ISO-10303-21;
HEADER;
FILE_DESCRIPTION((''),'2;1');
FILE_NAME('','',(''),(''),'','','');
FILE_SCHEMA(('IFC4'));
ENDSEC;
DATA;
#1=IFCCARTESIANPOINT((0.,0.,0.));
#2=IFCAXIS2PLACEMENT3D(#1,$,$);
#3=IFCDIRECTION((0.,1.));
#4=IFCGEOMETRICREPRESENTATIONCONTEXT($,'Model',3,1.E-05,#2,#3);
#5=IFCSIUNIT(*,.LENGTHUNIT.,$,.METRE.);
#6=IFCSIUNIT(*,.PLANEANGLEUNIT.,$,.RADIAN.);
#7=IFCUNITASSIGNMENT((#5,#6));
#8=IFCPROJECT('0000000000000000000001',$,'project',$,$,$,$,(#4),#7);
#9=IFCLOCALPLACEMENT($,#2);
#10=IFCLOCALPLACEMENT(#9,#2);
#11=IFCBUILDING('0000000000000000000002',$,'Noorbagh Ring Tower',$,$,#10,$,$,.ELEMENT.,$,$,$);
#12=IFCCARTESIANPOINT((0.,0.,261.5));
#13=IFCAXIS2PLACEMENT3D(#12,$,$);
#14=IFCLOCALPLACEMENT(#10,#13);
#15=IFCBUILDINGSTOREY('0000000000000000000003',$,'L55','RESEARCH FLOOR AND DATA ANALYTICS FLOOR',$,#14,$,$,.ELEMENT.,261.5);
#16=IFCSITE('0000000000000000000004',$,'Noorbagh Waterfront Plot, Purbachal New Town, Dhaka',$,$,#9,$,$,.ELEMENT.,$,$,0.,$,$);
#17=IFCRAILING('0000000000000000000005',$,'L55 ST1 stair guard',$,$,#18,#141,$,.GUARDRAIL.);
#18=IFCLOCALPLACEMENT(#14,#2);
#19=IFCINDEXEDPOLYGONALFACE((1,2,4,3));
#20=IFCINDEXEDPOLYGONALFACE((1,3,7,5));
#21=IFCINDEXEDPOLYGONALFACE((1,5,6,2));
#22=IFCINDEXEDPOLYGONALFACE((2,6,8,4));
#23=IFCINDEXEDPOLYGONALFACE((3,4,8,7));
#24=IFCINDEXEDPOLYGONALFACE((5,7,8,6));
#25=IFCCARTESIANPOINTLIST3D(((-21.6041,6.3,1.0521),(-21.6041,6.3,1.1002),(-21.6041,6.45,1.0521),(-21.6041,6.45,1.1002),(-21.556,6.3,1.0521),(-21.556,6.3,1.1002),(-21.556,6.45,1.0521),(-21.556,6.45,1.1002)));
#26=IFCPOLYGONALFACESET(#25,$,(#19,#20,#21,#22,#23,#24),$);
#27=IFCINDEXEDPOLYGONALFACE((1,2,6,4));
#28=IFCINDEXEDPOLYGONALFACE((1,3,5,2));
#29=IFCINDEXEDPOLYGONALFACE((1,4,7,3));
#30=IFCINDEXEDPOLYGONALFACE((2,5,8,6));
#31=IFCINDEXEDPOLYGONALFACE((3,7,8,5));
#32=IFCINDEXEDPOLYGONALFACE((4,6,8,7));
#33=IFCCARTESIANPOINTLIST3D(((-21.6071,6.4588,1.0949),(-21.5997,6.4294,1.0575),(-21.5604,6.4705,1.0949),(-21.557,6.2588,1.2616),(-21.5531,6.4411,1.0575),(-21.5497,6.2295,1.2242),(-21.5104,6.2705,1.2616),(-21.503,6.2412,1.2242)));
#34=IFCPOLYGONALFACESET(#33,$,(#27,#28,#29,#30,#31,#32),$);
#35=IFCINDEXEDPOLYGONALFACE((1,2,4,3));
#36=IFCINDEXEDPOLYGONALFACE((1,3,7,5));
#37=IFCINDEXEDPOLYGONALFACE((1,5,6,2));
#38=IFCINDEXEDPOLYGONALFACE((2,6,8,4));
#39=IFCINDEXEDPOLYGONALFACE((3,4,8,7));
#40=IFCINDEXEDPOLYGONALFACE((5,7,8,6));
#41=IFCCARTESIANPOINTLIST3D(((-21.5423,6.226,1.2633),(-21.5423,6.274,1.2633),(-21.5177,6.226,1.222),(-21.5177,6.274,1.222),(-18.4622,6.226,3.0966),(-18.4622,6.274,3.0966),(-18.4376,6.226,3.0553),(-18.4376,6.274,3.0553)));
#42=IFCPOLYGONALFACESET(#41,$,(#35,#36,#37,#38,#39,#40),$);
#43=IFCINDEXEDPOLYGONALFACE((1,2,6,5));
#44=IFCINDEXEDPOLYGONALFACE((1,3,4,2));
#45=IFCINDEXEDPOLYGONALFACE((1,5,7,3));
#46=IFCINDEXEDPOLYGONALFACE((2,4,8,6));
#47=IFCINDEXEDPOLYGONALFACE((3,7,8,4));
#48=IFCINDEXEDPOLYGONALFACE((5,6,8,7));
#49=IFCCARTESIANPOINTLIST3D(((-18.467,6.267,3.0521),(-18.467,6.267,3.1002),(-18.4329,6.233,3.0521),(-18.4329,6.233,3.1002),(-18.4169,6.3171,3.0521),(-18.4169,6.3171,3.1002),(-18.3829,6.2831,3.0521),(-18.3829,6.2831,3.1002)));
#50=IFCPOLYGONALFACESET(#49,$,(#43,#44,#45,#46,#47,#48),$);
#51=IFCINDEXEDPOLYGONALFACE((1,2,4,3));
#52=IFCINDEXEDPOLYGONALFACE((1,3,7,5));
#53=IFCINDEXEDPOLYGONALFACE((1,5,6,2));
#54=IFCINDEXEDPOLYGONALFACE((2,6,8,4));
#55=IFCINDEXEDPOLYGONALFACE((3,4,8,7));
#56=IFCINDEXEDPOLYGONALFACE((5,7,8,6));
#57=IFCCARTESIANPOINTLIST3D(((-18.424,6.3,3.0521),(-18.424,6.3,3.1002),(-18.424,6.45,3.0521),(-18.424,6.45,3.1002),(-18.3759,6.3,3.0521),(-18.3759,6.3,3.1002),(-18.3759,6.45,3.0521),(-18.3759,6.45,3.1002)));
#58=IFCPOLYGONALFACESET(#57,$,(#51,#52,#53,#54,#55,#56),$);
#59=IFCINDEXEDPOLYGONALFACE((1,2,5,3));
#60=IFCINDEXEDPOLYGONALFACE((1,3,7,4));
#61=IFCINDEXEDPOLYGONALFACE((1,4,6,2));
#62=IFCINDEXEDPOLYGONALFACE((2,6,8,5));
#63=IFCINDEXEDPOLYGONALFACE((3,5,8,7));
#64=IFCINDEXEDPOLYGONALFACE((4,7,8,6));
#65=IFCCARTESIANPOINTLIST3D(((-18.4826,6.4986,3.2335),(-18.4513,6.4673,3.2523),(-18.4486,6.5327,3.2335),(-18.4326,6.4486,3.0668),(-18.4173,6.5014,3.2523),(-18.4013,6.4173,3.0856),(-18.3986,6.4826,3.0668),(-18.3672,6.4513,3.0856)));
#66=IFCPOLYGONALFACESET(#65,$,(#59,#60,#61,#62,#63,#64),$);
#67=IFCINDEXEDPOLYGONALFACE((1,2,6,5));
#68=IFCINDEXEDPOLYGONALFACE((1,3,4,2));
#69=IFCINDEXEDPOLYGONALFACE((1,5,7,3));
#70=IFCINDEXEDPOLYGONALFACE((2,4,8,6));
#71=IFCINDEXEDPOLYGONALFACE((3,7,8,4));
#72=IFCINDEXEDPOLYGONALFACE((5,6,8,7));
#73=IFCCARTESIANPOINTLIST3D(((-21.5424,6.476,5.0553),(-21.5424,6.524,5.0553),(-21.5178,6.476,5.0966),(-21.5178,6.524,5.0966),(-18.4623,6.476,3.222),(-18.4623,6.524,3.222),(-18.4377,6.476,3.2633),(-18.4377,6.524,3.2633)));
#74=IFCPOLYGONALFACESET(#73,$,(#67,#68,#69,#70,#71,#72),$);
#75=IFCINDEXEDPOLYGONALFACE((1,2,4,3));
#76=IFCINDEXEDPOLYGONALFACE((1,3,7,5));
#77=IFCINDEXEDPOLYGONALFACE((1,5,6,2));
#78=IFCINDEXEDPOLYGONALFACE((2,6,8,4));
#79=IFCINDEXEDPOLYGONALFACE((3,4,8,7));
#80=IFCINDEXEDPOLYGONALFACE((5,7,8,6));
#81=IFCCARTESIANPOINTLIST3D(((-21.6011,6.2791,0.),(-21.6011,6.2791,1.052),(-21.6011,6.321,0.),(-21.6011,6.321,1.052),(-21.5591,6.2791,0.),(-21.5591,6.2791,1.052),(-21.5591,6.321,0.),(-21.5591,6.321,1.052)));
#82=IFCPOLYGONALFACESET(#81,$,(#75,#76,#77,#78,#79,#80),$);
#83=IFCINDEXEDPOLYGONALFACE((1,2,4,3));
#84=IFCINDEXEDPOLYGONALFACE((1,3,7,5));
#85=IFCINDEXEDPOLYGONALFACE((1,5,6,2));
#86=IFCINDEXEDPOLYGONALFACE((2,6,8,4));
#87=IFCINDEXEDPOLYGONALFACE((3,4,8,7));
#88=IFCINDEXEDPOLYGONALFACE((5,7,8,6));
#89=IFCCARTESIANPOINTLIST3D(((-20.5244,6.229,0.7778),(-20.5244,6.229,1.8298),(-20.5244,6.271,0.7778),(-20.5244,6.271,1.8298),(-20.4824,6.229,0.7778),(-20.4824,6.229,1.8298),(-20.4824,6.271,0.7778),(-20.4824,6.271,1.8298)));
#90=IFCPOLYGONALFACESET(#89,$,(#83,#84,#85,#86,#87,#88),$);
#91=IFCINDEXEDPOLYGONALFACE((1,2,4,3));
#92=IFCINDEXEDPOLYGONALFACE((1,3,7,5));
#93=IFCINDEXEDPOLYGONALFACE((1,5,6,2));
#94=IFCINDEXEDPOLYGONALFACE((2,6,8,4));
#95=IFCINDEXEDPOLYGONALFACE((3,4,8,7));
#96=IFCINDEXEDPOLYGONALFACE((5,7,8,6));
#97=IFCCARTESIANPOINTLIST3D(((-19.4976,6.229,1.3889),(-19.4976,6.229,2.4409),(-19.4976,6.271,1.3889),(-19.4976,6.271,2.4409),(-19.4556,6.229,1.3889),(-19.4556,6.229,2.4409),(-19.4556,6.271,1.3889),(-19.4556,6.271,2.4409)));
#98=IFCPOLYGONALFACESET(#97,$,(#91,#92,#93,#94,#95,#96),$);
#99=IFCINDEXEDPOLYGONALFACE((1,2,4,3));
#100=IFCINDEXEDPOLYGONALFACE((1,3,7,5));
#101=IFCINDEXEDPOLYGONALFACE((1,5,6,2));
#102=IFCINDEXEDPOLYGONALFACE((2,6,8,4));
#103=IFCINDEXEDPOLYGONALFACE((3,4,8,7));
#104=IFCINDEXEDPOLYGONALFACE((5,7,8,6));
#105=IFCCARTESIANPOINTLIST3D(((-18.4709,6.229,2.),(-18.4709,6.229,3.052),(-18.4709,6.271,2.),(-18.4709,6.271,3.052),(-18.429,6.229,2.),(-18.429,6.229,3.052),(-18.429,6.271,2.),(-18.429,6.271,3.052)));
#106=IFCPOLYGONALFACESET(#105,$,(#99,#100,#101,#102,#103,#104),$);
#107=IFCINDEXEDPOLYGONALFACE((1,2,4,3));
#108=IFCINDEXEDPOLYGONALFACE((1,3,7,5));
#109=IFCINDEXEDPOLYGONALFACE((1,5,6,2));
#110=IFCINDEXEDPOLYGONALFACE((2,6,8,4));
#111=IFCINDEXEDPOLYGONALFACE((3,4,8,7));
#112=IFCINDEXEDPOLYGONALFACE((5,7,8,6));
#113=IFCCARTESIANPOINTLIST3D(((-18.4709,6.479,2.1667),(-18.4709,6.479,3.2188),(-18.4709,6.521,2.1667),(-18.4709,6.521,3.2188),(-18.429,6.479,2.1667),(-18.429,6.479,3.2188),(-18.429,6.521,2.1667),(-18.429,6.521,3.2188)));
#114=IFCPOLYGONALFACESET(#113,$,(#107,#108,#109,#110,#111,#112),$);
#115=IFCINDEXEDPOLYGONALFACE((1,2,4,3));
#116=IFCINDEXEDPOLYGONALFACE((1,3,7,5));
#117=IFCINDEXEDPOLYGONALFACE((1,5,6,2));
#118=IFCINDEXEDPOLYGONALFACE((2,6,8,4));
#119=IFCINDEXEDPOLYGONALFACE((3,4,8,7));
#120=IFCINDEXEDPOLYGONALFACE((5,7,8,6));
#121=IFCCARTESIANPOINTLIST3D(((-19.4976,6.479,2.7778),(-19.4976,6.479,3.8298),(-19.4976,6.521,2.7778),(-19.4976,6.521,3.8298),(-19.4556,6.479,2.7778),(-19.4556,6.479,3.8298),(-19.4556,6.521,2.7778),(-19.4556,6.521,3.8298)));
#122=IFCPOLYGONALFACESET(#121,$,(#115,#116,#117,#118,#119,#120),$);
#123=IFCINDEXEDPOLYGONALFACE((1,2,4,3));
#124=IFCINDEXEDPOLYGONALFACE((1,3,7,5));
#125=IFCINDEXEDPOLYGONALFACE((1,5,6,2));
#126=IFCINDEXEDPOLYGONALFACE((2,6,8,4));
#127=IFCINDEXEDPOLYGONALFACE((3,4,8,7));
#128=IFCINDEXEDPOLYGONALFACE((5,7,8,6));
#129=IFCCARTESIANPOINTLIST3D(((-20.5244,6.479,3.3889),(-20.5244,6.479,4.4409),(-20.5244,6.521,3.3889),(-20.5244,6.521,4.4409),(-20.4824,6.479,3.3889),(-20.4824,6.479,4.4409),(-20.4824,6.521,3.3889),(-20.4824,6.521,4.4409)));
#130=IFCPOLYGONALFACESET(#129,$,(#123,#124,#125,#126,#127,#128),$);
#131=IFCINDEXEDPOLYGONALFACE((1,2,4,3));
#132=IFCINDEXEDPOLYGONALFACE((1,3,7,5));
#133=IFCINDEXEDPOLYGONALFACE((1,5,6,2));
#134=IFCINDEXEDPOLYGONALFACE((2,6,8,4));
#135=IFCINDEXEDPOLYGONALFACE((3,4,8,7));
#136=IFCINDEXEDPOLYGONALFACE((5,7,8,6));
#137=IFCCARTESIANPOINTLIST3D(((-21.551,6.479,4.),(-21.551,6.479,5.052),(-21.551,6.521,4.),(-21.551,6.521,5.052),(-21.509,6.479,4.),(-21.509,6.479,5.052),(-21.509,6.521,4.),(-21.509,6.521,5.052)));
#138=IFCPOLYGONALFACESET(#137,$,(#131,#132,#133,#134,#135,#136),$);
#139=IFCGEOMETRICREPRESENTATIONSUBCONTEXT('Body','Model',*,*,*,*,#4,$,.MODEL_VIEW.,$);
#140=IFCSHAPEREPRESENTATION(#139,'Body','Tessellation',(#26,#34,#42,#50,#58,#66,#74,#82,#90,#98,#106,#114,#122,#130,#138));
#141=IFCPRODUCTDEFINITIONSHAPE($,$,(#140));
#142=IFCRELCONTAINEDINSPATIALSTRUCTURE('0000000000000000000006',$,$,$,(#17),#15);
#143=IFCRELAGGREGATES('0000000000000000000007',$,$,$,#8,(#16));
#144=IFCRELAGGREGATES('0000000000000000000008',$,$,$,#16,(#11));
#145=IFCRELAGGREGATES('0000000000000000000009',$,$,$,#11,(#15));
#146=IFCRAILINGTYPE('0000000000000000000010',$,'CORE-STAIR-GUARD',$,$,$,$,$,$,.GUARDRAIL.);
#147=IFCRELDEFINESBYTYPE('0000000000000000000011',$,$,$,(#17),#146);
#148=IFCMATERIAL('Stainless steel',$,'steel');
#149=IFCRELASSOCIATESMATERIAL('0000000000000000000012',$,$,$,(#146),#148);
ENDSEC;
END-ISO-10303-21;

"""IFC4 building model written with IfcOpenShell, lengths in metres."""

from ifc_helpers import new_model, si_unit, direction, frame, origin, origin_2d, place, context, subcontext, project, spatial, rectangle, extrude, material, type_object, element, save


model = new_model("IFC4")

# Units and contexts
model_context = context("Model", 3, precision=1e-05, world=origin(), true_north=direction((0.0, 1.0)))
body_context = subcontext(model_context, "Body", "Model", "MODEL_VIEW")
ifc_project = project(units=[si_unit("LENGTHUNIT", "METRE"), si_unit("PLANEANGLEUNIT", "RADIAN")], contexts=[model_context])

# Site, building, storey
site_placement = place(None, origin())
site = spatial("IfcSite", under=ifc_project, at=site_placement, Name="Noorbagh Waterfront Plot, Purbachal New Town, Dhaka", CompositionType="ELEMENT", RefElevation=0.0)
building_placement = place(site_placement, origin())
building = spatial("IfcBuilding", under=site, at=building_placement, Name="Noorbagh Ring Tower", CompositionType="ELEMENT")
storey_placement = place(building_placement, frame((0.0, 0.0, 261.5)))
storey = spatial("IfcBuildingStorey", under=building, at=storey_placement, Name="L55", Description="RESEARCH FLOOR AND DATA ANALYTICS FLOOR", CompositionType="ELEMENT", Elevation=261.5)

# Railing
ifc_material_1 = material(Name="Stainless steel", Category="steel")
railing_type_1 = type_object("IfcRailingType", Name="CORE-STAIR-GUARD", PredefinedType="GUARDRAIL", material=ifc_material_1)
railing_1_placement = place(storey_placement, frame((-21.5801, 6.3, 0.0)))
element("IfcRailing", 1, at=railing_1_placement, inside=storey, type_object=railing_type_1, Name="L55 ST1 stair guard", PredefinedType="GUARDRAIL", context=body_context, shape_type="SweptSolid", body=[
    extrude(rectangle(XDim=0.0481, YDim=0.0481, at=origin_2d()), frame((0.0, 0.0, 1.0762), z_axis=(0.0, 1.0, 0.0), x_axis=(-1.0, 0.0, 0.0)), (0.0, 0.0, 1.0), 0.1499),
    extrude(rectangle(XDim=0.0481, YDim=0.0481, at=origin_2d()), frame((0.0, 0.1499, 1.0762), z_axis=(0.188776, -0.754182, 0.628946), x_axis=(0.970073, 0.242814, 0.0)), (0.0, 0.0, 1.0), 0.2651),
    extrude(rectangle(XDim=0.0481, YDim=0.0481, at=origin_2d()), frame((0.05, -0.05, 1.2427), z_axis=(0.859309, 0.0, 0.511458), x_axis=(0.0, 1.0, 0.0)), (0.0, 0.0, 1.0), 3.5845),
    extrude(rectangle(XDim=0.0481, YDim=0.0481, at=origin_2d()), frame((3.1301, -0.05, 3.0762), z_axis=(0.707107, 0.707107, 0.0), x_axis=(-0.707107, 0.707107, 0.0)), (0.0, 0.0, 1.0), 0.0708),
    extrude(rectangle(XDim=0.0481, YDim=0.0481, at=origin_2d()), frame((3.1802, 0.0, 3.0762), z_axis=(0.0, 1.0, 0.0), x_axis=(-1.0, 0.0, 0.0)), (0.0, 0.0, 1.0), 0.1499),
    extrude(rectangle(XDim=0.0481, YDim=0.0481, at=origin_2d()), frame((3.1802, 0.1499, 3.0762), z_axis=(-0.276287, 0.276287, 0.920506), x_axis=(-0.707107, -0.707107, 0.0)), (0.0, 0.0, 1.0), 0.1812),
    extrude(rectangle(XDim=0.0481, YDim=0.0481, at=origin_2d()), frame((3.1301, 0.2, 3.2427), z_axis=(-0.859309, 0.0, 0.511458), x_axis=(0.0, -1.0, 0.0)), (0.0, 0.0, 1.0), 3.5845),
    extrude(rectangle(XDim=0.042, YDim=0.042, at=origin_2d()), origin(), (0.0, 0.0, 1.0), 1.052),
    extrude(rectangle(XDim=0.042, YDim=0.042, at=origin_2d()), frame((1.0767, -0.05, 0.7778)), (0.0, 0.0, 1.0), 1.052),
    extrude(rectangle(XDim=0.042, YDim=0.042, at=origin_2d()), frame((2.1035, -0.05, 1.3889)), (0.0, 0.0, 1.0), 1.052),
    extrude(rectangle(XDim=0.042, YDim=0.042, at=origin_2d()), frame((3.1301, -0.05, 2.0)), (0.0, 0.0, 1.0), 1.052),
    extrude(rectangle(XDim=0.042, YDim=0.042, at=origin_2d()), frame((3.1301, 0.2, 2.1667)), (0.0, 0.0, 1.0), 1.052),
    extrude(rectangle(XDim=0.042, YDim=0.042, at=origin_2d()), frame((2.1035, 0.2, 2.7778)), (0.0, 0.0, 1.0), 1.052),
    extrude(rectangle(XDim=0.042, YDim=0.042, at=origin_2d()), frame((1.0767, 0.2, 3.3889)), (0.0, 0.0, 1.0), 1.052),
    extrude(rectangle(XDim=0.042, YDim=0.042, at=origin_2d()), frame((0.05, 0.2, 4.0)), (0.0, 0.0, 1.0), 1.052),
])

save(model, "model.ifc")
